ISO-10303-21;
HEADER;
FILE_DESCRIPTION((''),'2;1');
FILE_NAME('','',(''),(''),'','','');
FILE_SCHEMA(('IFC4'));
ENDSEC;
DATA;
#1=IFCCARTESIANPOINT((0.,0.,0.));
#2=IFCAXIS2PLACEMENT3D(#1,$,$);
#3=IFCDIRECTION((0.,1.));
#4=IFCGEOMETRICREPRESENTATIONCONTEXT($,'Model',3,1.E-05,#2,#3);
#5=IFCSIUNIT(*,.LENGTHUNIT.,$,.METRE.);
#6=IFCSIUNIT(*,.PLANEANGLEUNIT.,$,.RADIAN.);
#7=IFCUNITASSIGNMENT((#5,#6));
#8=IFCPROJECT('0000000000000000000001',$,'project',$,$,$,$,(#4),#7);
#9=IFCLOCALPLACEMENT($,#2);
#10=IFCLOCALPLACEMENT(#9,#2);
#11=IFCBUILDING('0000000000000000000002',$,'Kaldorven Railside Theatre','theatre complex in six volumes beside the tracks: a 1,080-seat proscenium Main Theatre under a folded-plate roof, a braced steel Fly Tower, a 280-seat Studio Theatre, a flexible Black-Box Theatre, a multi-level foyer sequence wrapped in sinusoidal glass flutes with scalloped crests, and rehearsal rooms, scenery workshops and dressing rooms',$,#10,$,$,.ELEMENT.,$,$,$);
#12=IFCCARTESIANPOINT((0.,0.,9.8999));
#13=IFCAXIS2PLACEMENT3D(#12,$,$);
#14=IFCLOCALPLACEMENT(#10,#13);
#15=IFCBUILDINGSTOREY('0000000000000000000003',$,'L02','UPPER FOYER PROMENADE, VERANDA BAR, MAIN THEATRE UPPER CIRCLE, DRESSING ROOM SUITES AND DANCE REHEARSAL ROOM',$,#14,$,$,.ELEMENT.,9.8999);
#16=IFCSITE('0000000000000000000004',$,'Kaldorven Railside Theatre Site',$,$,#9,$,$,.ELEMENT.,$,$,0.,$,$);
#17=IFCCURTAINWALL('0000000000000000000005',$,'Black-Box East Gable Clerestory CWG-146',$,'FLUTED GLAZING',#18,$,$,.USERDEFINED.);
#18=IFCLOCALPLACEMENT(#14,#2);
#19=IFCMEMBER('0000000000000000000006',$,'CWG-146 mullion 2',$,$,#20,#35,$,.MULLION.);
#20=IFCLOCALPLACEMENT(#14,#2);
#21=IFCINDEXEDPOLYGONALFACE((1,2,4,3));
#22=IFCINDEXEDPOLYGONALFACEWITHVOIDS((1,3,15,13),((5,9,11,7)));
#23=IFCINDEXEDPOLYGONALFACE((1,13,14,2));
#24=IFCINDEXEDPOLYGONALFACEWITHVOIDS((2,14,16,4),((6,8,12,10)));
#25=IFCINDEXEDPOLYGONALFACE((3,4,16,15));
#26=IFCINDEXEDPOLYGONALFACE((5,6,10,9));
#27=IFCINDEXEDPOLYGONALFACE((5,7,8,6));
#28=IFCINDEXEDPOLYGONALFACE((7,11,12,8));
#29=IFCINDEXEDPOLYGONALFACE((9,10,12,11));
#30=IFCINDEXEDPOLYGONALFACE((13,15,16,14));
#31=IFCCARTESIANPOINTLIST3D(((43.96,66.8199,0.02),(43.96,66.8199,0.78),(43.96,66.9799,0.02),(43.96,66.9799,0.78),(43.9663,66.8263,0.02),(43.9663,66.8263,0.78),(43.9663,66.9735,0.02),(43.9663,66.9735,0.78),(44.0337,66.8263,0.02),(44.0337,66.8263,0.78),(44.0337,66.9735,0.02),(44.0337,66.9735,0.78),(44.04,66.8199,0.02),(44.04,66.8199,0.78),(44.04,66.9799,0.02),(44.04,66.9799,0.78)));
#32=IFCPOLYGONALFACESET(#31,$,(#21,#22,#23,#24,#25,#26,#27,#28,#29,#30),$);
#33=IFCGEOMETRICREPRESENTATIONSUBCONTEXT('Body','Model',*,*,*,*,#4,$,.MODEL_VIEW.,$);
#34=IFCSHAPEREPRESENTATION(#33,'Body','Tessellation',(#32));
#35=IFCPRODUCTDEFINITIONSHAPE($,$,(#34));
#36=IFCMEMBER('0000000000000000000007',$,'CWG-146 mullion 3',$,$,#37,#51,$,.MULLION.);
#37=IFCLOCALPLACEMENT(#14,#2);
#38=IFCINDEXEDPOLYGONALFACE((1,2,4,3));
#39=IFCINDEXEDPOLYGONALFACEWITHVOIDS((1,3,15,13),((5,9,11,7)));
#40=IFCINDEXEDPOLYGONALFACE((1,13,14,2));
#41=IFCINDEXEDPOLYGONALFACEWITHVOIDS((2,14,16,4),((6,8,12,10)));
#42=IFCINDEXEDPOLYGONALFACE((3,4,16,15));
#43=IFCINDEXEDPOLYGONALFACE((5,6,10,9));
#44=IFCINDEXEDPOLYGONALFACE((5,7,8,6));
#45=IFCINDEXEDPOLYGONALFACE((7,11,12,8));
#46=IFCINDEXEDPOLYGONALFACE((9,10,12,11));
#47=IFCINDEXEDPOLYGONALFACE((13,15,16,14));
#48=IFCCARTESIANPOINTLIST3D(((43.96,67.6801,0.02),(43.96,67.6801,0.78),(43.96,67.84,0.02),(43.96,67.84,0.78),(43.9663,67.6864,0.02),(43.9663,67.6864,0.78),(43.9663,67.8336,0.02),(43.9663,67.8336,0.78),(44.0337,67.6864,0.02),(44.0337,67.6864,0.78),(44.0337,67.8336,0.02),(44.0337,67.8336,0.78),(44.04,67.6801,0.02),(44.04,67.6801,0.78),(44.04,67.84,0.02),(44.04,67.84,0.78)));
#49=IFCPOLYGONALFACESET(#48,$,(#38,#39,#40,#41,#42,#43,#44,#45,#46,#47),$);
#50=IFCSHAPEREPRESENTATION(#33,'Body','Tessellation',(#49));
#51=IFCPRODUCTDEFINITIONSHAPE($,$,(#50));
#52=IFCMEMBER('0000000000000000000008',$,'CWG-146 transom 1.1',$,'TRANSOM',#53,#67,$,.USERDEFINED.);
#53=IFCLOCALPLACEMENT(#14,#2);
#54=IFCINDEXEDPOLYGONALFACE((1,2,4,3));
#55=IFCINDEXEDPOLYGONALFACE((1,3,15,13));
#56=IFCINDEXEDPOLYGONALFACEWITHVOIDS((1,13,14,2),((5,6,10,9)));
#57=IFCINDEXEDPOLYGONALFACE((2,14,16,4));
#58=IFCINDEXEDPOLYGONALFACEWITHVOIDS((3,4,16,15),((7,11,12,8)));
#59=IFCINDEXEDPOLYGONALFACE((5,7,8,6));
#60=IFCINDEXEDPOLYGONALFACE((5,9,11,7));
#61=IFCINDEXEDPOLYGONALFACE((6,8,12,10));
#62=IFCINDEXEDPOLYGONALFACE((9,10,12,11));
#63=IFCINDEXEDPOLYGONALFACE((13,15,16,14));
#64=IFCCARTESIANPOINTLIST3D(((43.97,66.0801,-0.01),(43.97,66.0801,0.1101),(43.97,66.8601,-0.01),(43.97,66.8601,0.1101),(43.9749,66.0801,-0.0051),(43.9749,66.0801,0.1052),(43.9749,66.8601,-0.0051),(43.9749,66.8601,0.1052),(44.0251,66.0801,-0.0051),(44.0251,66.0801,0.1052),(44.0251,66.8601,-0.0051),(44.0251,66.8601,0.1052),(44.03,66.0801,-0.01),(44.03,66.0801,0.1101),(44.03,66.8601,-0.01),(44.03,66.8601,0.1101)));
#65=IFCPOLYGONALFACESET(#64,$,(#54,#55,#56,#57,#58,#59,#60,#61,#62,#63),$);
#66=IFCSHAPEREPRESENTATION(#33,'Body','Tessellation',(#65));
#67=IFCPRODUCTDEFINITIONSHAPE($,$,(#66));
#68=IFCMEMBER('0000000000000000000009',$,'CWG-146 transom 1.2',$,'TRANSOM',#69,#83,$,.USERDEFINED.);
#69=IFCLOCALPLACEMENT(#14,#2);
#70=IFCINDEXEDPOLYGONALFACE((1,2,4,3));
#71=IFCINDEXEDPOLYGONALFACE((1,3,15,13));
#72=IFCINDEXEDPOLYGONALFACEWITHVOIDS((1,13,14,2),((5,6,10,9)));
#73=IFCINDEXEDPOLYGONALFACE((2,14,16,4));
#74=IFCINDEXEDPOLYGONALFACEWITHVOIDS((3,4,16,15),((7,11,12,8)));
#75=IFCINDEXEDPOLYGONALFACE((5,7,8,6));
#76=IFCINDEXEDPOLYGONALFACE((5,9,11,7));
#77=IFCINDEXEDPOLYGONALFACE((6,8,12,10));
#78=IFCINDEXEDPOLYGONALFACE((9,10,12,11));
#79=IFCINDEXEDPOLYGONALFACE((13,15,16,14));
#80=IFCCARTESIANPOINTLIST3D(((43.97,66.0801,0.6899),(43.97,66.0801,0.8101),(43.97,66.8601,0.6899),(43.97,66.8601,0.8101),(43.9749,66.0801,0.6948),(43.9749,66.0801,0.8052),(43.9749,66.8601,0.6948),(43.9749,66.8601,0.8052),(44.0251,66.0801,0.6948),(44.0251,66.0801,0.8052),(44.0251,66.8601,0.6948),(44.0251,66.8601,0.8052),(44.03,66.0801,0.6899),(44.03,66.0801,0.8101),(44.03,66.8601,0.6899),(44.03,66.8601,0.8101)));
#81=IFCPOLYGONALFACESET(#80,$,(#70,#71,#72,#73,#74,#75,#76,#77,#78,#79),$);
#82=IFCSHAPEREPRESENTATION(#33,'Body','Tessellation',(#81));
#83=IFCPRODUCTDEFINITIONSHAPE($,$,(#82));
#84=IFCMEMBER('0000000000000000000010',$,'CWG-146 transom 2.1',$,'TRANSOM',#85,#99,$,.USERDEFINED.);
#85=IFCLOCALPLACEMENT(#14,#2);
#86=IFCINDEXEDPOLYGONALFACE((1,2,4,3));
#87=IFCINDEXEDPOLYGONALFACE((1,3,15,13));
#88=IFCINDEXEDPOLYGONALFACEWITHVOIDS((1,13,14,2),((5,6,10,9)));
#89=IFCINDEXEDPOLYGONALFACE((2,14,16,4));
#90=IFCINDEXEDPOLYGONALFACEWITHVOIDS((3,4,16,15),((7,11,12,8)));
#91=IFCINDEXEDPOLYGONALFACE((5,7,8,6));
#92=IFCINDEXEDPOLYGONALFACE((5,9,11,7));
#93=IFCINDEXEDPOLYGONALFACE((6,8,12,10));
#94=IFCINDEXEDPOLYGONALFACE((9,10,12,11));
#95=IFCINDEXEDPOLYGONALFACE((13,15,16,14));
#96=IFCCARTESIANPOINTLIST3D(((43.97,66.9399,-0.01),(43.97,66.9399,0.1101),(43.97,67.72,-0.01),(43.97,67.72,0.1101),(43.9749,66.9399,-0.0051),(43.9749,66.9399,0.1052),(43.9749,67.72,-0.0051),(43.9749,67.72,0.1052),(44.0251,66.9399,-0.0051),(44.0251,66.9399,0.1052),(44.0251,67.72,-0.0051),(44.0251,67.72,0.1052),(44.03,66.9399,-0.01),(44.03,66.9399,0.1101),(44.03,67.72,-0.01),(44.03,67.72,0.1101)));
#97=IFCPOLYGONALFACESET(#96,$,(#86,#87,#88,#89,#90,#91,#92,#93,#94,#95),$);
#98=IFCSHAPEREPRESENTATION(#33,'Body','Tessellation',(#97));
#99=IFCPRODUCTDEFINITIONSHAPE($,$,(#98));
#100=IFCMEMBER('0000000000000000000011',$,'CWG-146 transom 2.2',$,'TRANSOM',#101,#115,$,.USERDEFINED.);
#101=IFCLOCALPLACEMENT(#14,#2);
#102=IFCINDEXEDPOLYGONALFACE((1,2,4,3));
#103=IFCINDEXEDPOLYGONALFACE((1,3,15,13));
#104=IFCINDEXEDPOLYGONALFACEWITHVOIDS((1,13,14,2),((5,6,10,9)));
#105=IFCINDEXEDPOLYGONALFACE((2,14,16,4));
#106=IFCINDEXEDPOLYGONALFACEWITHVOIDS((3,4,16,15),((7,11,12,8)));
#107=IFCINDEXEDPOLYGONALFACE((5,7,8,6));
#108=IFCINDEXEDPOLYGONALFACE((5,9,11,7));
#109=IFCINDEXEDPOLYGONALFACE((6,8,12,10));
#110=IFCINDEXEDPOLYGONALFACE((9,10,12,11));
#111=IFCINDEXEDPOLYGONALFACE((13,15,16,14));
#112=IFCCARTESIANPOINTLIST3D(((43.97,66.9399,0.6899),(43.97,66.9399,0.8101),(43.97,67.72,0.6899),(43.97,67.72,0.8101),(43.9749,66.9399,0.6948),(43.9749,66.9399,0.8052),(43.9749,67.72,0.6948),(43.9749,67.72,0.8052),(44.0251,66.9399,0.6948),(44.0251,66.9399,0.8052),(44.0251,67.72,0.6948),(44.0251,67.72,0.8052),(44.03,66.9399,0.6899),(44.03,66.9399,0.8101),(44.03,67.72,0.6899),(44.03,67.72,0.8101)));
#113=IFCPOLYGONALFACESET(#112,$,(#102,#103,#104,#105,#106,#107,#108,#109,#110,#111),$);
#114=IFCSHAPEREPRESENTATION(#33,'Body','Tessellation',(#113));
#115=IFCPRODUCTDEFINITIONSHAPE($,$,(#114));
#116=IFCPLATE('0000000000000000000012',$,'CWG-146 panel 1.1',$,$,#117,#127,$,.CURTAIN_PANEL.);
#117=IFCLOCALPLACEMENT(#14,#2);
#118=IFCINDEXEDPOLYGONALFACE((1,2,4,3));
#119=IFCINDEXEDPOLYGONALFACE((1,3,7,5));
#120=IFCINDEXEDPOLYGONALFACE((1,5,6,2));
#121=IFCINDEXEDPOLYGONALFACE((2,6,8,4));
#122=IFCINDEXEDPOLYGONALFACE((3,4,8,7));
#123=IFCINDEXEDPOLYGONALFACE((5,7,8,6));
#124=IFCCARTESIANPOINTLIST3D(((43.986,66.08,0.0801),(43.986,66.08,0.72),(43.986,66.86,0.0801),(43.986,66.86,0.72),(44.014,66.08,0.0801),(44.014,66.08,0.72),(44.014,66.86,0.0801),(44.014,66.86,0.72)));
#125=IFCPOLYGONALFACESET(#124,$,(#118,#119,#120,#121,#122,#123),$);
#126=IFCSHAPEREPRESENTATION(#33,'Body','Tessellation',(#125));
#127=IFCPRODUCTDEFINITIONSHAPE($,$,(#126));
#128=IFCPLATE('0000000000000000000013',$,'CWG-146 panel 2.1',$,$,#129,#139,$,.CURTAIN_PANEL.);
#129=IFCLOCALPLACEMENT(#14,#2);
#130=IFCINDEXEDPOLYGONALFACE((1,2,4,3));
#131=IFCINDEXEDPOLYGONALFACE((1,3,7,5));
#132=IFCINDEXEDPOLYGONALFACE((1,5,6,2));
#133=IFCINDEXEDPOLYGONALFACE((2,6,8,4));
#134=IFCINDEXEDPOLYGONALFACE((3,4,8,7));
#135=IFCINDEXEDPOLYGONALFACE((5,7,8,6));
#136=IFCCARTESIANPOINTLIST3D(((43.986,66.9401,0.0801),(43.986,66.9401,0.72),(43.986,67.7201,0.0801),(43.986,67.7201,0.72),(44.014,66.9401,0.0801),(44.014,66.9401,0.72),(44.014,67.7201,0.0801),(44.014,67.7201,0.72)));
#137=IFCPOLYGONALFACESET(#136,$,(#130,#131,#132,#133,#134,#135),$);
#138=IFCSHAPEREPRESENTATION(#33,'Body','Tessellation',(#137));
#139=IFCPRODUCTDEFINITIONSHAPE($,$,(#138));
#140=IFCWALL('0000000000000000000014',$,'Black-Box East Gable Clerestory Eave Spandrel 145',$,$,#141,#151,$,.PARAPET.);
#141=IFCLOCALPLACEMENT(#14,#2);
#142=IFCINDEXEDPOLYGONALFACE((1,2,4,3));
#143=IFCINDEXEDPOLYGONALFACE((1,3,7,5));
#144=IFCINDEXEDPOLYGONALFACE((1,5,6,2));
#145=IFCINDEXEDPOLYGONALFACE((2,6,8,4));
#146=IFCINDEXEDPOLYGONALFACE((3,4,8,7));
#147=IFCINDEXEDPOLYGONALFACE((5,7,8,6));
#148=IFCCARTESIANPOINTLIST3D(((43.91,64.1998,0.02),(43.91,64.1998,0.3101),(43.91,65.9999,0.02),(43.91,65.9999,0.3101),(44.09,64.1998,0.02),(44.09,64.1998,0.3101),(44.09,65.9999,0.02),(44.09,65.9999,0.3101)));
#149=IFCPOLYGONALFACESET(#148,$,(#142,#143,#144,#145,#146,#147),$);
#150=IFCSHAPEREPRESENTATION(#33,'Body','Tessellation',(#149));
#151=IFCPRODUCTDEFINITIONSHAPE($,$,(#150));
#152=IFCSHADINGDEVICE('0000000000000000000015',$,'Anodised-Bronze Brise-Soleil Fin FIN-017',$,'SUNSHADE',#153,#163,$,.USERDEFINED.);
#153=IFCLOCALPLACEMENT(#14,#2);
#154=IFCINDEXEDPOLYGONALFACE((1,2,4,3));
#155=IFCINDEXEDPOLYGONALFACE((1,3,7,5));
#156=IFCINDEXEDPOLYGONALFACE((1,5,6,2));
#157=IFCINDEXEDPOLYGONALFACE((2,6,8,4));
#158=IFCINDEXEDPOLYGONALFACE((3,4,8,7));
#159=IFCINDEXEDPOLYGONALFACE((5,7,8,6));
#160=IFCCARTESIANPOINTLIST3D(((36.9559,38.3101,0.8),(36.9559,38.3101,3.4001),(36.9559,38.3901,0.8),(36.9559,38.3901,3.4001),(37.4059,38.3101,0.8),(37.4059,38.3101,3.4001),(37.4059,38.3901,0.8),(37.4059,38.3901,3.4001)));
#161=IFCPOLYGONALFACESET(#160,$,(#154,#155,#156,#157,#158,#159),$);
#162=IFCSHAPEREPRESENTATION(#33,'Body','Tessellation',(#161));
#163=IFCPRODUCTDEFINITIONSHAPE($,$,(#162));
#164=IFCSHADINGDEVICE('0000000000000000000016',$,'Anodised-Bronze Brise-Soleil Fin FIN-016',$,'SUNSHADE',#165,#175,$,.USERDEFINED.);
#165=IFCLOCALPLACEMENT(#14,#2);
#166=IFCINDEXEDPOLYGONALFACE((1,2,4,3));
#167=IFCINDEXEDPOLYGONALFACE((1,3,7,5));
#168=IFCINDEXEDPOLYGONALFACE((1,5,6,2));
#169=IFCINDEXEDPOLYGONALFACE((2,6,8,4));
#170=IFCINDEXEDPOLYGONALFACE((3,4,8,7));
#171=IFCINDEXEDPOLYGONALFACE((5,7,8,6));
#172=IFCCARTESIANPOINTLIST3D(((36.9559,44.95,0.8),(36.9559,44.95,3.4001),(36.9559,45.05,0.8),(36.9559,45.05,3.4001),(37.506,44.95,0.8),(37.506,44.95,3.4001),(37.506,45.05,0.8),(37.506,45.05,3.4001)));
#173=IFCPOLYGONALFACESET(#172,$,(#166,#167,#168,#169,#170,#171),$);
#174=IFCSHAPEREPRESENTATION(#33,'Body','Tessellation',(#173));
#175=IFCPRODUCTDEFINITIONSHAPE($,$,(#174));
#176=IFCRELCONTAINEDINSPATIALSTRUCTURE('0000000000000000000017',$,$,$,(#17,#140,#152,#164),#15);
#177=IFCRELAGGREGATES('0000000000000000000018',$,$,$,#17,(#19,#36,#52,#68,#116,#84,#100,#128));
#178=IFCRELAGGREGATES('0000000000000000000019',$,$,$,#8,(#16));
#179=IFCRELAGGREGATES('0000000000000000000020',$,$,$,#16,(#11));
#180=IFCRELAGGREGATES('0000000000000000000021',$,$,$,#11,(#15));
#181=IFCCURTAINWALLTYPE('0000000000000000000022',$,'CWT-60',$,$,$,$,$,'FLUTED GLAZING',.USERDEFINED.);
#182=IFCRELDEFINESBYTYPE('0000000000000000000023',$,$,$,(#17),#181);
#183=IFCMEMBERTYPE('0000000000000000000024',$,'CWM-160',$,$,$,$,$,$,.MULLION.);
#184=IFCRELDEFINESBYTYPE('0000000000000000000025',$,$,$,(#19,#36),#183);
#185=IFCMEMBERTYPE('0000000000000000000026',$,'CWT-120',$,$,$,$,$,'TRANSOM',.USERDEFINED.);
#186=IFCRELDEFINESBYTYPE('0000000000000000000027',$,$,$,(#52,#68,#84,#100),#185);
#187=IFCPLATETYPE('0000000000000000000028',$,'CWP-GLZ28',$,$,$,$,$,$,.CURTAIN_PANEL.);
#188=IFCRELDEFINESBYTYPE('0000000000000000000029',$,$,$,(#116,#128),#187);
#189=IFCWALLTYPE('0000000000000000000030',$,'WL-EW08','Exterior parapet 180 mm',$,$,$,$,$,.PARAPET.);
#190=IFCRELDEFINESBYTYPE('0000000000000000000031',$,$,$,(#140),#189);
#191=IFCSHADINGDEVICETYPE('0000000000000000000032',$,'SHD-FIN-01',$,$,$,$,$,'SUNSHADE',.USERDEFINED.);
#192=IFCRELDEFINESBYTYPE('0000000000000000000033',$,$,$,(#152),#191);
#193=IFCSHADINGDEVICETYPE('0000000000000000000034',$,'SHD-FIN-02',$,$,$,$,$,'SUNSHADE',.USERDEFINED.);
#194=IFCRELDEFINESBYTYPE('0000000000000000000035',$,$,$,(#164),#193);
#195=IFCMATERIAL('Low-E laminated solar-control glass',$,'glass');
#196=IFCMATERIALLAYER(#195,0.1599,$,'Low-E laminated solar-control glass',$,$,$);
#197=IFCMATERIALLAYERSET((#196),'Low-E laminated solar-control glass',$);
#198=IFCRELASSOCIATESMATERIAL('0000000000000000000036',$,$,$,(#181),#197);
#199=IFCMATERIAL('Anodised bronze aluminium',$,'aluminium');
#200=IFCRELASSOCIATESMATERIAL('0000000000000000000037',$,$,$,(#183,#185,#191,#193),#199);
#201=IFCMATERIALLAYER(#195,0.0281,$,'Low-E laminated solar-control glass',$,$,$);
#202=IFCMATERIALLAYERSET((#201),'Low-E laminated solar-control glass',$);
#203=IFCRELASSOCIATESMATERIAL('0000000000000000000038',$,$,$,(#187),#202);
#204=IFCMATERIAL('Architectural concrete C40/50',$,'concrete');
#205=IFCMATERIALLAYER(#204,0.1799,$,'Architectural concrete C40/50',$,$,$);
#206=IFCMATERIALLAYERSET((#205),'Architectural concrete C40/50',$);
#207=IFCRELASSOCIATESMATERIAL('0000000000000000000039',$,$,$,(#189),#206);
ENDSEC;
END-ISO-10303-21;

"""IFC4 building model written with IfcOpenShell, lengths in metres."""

from ifc_helpers import new_model, si_unit, direction, frame, frame_2d, origin, origin_2d, place, context, subcontext, project, spatial, rectangle, hollow_rectangle, extrude, material, layer, layer_set, material_profile, profile_set, type_object, element, aggregate, save


model = new_model("IFC4")

# Units and contexts
model_context = context("Model", 3, precision=1e-05, world=origin(), true_north=direction((0.0, 1.0)))
body_context = subcontext(model_context, "Body", "Model", "MODEL_VIEW")
ifc_project = project(units=[si_unit("LENGTHUNIT", "METRE"), si_unit("PLANEANGLEUNIT", "RADIAN")], contexts=[model_context])

# Site, building, storey
site_placement = place(None, origin())
site = spatial("IfcSite", under=ifc_project, at=site_placement, Name="Kaldorven Railside Theatre Site", CompositionType="ELEMENT", RefElevation=0.0)
building_placement = place(site_placement, origin())
building = spatial("IfcBuilding", under=site, at=building_placement, Name="Kaldorven Railside Theatre", Description="theatre complex in six volumes beside the tracks: a 1,080-seat proscenium Main Theatre under a folded-plate roof, a braced steel Fly Tower, a 280-seat Studio Theatre, a flexible Black-Box Theatre, a multi-level foyer sequence wrapped in sinusoidal glass flutes with scalloped crests, and rehearsal rooms, scenery workshops and dressing rooms", CompositionType="ELEMENT")
storey_placement = place(building_placement, frame((0.0, 0.0, 9.8999)))
storey = spatial("IfcBuildingStorey", under=building, at=storey_placement, Name="L02", Description="UPPER FOYER PROMENADE, VERANDA BAR, MAIN THEATRE UPPER CIRCLE, DRESSING ROOM SUITES AND DANCE REHEARSAL ROOM", CompositionType="ELEMENT", Elevation=9.8999)

# Curtain wall, members, plates
ifc_material_1 = material(Name="Low-E laminated solar-control glass", Category="glass")
ifc_layer_1 = layer(ifc_material_1, 0.1599, Name="Low-E laminated solar-control glass")
ifc_layer_set_1 = layer_set([ifc_layer_1], Name="Low-E laminated solar-control glass")
curtain_wall_type = type_object("IfcCurtainWallType", Name="CWT-60", ElementType="FLUTED GLAZING", PredefinedType="USERDEFINED", material=ifc_layer_set_1)
curtain_wall_placement = place(storey_placement, origin())
curtain_wall = element("IfcCurtainWall", 1, at=curtain_wall_placement, inside=storey, type_object=curtain_wall_type, Name="Black-Box East Gable Clerestory CWG-146", ObjectType="FLUTED GLAZING", PredefinedType="USERDEFINED")
ifc_material_2 = material(Name="Anodised bronze aluminium", Category="aluminium")
ifc_material_profile_1 = material_profile(ifc_material_2, hollow_rectangle(XDim=0.0801, YDim=0.1599, WallThickness=0.0063, at=origin_2d()), Name="RHS 160x80x6.3")
ifc_profile_set_1 = profile_set([ifc_material_profile_1], Name="Anodised bronze aluminium")
member_type_1 = type_object("IfcMemberType", Name="CWM-160", PredefinedType="MULLION", material=ifc_profile_set_1)
member_1_placement = place(storey_placement, frame((44.0, 66.8999, 0.02), z_axis=(0.0, 0.0, 1.0), x_axis=(-1.0, 0.0, 0.0)))
member_1 = element("IfcMember", 2, at=member_1_placement, type_object=member_type_1, Name="CWG-146 mullion 2", PredefinedType="MULLION", context=body_context, shape_type="SweptSolid", body=[
    extrude(hollow_rectangle(XDim=0.0801, YDim=0.1599, WallThickness=0.0063, at=origin_2d()), origin(), (0.0, 0.0, 1.0), 0.76),
])
member_2_placement = place(storey_placement, frame((44.0, 67.76, 0.02), z_axis=(0.0, 0.0, 1.0), x_axis=(-1.0, 0.0, 0.0)))
member_2 = element("IfcMember", 3, at=member_2_placement, type_object=member_type_1, Name="CWG-146 mullion 3", PredefinedType="MULLION", context=body_context, shape_type="SweptSolid", body=[
    extrude(hollow_rectangle(XDim=0.0801, YDim=0.1599, WallThickness=0.0063, at=origin_2d()), origin(), (0.0, 0.0, 1.0), 0.76),
])
ifc_material_profile_2 = material_profile(ifc_material_2, hollow_rectangle(XDim=0.0601, YDim=0.1201, WallThickness=0.0049, at=origin_2d()), Name="RHS 120x60x5")
ifc_profile_set_2 = profile_set([ifc_material_profile_2], Name="Anodised bronze aluminium")
member_type_2 = type_object("IfcMemberType", Name="CWT-120", ElementType="TRANSOM", PredefinedType="USERDEFINED", material=ifc_profile_set_2)
member_3_placement = place(storey_placement, frame((44.0, 66.0801, 0.05), z_axis=(0.0, 1.0, 0.0), x_axis=(-1.0, 0.0, 0.0)))
member_3 = element("IfcMember", 4, at=member_3_placement, type_object=member_type_2, Name="CWG-146 transom 1.1", ObjectType="TRANSOM", PredefinedType="USERDEFINED", context=body_context, shape_type="SweptSolid", body=[
    extrude(hollow_rectangle(XDim=0.0601, YDim=0.1201, WallThickness=0.0049, at=origin_2d()), origin(), (0.0, 0.0, 1.0), 0.78),
])
member_4_placement = place(storey_placement, frame((44.0, 66.0801, 0.75), z_axis=(0.0, 1.0, 0.0), x_axis=(-1.0, 0.0, 0.0)))
member_4 = element("IfcMember", 5, at=member_4_placement, type_object=member_type_2, Name="CWG-146 transom 1.2", ObjectType="TRANSOM", PredefinedType="USERDEFINED", context=body_context, shape_type="SweptSolid", body=[
    extrude(hollow_rectangle(XDim=0.0601, YDim=0.1201, WallThickness=0.0049, at=origin_2d()), origin(), (0.0, 0.0, 1.0), 0.78),
])
member_5_placement = place(storey_placement, frame((44.0, 66.9399, 0.05), z_axis=(0.0, 1.0, 0.0), x_axis=(-1.0, 0.0, 0.0)))
member_5 = element("IfcMember", 6, at=member_5_placement, type_object=member_type_2, Name="CWG-146 transom 2.1", ObjectType="TRANSOM", PredefinedType="USERDEFINED", context=body_context, shape_type="SweptSolid", body=[
    extrude(hollow_rectangle(XDim=0.0601, YDim=0.1201, WallThickness=0.0049, at=origin_2d()), origin(), (0.0, 0.0, 1.0), 0.78),
])
member_6_placement = place(storey_placement, frame((44.0, 66.9399, 0.75), z_axis=(0.0, 1.0, 0.0), x_axis=(-1.0, 0.0, 0.0)))
member_6 = element("IfcMember", 7, at=member_6_placement, type_object=member_type_2, Name="CWG-146 transom 2.2", ObjectType="TRANSOM", PredefinedType="USERDEFINED", context=body_context, shape_type="SweptSolid", body=[
    extrude(hollow_rectangle(XDim=0.0601, YDim=0.1201, WallThickness=0.0049, at=origin_2d()), origin(), (0.0, 0.0, 1.0), 0.78),
])
ifc_layer_2 = layer(ifc_material_1, 0.0281, Name="Low-E laminated solar-control glass")
ifc_layer_set_2 = layer_set([ifc_layer_2], Name="Low-E laminated solar-control glass")
plate_type = type_object("IfcPlateType", Name="CWP-GLZ28", PredefinedType="CURTAIN_PANEL", material=ifc_layer_set_2)
plate_1_placement = place(storey_placement, frame((44.0, 66.47, 0.0801), z_axis=(0.0, 0.0, 1.0), x_axis=(0.0, 1.0, 0.0)))
plate_1 = element("IfcPlate", 8, at=plate_1_placement, type_object=plate_type, Name="CWG-146 panel 1.1", PredefinedType="CURTAIN_PANEL", context=body_context, shape_type="SweptSolid", body=[
    extrude(rectangle(XDim=0.78, YDim=0.0281, at=origin_2d()), origin(), (0.0, 0.0, 1.0), 0.6399),
])
plate_2_placement = place(storey_placement, frame((44.0, 67.3301, 0.0801), z_axis=(0.0, 0.0, 1.0), x_axis=(0.0, 1.0, 0.0)))
plate_2 = element("IfcPlate", 9, at=plate_2_placement, type_object=plate_type, Name="CWG-146 panel 2.1", PredefinedType="CURTAIN_PANEL", context=body_context, shape_type="SweptSolid", body=[
    extrude(rectangle(XDim=0.78, YDim=0.0281, at=origin_2d()), origin(), (0.0, 0.0, 1.0), 0.6399),
])
aggregate(curtain_wall, [member_1, member_2, member_3, member_4, plate_1, member_5, member_6, plate_2])

# Wall
ifc_material_3 = material(Name="Architectural concrete C40/50", Category="concrete")
ifc_layer_3 = layer(ifc_material_3, 0.1799, Name="Architectural concrete C40/50")
ifc_layer_set_3 = layer_set([ifc_layer_3], Name="Architectural concrete C40/50")
wall_type = type_object("IfcWallType", Name="WL-EW08", Description="Exterior parapet 180 mm", PredefinedType="PARAPET", material=ifc_layer_set_3)
wall_placement = place(storey_placement, frame((44.0, 64.2, 0.02), z_axis=(0.0, 0.0, 1.0), x_axis=(0.0, 1.0, 0.0)))
element("IfcWall", 10, at=wall_placement, inside=storey, type_object=wall_type, Name="Black-Box East Gable Clerestory Eave Spandrel 145", PredefinedType="PARAPET", context=body_context, shape_type="SweptSolid", body=[
    extrude(rectangle(XDim=1.8, YDim=0.1799, at=frame_2d((0.8999, 0.0))), origin(), (0.0, 0.0, 1.0), 0.29),
])

# Shading devices
shading_device_type_1 = type_object("IfcShadingDeviceType", Name="SHD-FIN-01", ElementType="SUNSHADE", PredefinedType="USERDEFINED", material=ifc_material_2)
shading_device_1_placement = place(storey_placement, frame((37.1809, 38.3501, 0.8), z_axis=(0.0, 0.0, 1.0), x_axis=(0.0, -1.0, 0.0)))
element("IfcShadingDevice", 11, at=shading_device_1_placement, inside=storey, type_object=shading_device_type_1, Name="Anodised-Bronze Brise-Soleil Fin FIN-017", ObjectType="SUNSHADE", PredefinedType="USERDEFINED", context=body_context, shape_type="SweptSolid", body=[
    extrude(rectangle(XDim=0.0801, YDim=0.45, at=origin_2d()), origin(), (0.0, 0.0, 1.0), 2.6001),
])
shading_device_type_2 = type_object("IfcShadingDeviceType", Name="SHD-FIN-02", ElementType="SUNSHADE", PredefinedType="USERDEFINED", material=ifc_material_2)
shading_device_2_placement = place(storey_placement, frame((37.231, 45.0, 0.8), z_axis=(0.0, 0.0, 1.0), x_axis=(0.0, -1.0, 0.0)))
element("IfcShadingDevice", 12, at=shading_device_2_placement, inside=storey, type_object=shading_device_type_2, Name="Anodised-Bronze Brise-Soleil Fin FIN-016", ObjectType="SUNSHADE", PredefinedType="USERDEFINED", context=body_context, shape_type="SweptSolid", body=[
    extrude(rectangle(XDim=0.1001, YDim=0.55, at=origin_2d()), origin(), (0.0, 0.0, 1.0), 2.6001),
])

save(model, "model.ifc")
